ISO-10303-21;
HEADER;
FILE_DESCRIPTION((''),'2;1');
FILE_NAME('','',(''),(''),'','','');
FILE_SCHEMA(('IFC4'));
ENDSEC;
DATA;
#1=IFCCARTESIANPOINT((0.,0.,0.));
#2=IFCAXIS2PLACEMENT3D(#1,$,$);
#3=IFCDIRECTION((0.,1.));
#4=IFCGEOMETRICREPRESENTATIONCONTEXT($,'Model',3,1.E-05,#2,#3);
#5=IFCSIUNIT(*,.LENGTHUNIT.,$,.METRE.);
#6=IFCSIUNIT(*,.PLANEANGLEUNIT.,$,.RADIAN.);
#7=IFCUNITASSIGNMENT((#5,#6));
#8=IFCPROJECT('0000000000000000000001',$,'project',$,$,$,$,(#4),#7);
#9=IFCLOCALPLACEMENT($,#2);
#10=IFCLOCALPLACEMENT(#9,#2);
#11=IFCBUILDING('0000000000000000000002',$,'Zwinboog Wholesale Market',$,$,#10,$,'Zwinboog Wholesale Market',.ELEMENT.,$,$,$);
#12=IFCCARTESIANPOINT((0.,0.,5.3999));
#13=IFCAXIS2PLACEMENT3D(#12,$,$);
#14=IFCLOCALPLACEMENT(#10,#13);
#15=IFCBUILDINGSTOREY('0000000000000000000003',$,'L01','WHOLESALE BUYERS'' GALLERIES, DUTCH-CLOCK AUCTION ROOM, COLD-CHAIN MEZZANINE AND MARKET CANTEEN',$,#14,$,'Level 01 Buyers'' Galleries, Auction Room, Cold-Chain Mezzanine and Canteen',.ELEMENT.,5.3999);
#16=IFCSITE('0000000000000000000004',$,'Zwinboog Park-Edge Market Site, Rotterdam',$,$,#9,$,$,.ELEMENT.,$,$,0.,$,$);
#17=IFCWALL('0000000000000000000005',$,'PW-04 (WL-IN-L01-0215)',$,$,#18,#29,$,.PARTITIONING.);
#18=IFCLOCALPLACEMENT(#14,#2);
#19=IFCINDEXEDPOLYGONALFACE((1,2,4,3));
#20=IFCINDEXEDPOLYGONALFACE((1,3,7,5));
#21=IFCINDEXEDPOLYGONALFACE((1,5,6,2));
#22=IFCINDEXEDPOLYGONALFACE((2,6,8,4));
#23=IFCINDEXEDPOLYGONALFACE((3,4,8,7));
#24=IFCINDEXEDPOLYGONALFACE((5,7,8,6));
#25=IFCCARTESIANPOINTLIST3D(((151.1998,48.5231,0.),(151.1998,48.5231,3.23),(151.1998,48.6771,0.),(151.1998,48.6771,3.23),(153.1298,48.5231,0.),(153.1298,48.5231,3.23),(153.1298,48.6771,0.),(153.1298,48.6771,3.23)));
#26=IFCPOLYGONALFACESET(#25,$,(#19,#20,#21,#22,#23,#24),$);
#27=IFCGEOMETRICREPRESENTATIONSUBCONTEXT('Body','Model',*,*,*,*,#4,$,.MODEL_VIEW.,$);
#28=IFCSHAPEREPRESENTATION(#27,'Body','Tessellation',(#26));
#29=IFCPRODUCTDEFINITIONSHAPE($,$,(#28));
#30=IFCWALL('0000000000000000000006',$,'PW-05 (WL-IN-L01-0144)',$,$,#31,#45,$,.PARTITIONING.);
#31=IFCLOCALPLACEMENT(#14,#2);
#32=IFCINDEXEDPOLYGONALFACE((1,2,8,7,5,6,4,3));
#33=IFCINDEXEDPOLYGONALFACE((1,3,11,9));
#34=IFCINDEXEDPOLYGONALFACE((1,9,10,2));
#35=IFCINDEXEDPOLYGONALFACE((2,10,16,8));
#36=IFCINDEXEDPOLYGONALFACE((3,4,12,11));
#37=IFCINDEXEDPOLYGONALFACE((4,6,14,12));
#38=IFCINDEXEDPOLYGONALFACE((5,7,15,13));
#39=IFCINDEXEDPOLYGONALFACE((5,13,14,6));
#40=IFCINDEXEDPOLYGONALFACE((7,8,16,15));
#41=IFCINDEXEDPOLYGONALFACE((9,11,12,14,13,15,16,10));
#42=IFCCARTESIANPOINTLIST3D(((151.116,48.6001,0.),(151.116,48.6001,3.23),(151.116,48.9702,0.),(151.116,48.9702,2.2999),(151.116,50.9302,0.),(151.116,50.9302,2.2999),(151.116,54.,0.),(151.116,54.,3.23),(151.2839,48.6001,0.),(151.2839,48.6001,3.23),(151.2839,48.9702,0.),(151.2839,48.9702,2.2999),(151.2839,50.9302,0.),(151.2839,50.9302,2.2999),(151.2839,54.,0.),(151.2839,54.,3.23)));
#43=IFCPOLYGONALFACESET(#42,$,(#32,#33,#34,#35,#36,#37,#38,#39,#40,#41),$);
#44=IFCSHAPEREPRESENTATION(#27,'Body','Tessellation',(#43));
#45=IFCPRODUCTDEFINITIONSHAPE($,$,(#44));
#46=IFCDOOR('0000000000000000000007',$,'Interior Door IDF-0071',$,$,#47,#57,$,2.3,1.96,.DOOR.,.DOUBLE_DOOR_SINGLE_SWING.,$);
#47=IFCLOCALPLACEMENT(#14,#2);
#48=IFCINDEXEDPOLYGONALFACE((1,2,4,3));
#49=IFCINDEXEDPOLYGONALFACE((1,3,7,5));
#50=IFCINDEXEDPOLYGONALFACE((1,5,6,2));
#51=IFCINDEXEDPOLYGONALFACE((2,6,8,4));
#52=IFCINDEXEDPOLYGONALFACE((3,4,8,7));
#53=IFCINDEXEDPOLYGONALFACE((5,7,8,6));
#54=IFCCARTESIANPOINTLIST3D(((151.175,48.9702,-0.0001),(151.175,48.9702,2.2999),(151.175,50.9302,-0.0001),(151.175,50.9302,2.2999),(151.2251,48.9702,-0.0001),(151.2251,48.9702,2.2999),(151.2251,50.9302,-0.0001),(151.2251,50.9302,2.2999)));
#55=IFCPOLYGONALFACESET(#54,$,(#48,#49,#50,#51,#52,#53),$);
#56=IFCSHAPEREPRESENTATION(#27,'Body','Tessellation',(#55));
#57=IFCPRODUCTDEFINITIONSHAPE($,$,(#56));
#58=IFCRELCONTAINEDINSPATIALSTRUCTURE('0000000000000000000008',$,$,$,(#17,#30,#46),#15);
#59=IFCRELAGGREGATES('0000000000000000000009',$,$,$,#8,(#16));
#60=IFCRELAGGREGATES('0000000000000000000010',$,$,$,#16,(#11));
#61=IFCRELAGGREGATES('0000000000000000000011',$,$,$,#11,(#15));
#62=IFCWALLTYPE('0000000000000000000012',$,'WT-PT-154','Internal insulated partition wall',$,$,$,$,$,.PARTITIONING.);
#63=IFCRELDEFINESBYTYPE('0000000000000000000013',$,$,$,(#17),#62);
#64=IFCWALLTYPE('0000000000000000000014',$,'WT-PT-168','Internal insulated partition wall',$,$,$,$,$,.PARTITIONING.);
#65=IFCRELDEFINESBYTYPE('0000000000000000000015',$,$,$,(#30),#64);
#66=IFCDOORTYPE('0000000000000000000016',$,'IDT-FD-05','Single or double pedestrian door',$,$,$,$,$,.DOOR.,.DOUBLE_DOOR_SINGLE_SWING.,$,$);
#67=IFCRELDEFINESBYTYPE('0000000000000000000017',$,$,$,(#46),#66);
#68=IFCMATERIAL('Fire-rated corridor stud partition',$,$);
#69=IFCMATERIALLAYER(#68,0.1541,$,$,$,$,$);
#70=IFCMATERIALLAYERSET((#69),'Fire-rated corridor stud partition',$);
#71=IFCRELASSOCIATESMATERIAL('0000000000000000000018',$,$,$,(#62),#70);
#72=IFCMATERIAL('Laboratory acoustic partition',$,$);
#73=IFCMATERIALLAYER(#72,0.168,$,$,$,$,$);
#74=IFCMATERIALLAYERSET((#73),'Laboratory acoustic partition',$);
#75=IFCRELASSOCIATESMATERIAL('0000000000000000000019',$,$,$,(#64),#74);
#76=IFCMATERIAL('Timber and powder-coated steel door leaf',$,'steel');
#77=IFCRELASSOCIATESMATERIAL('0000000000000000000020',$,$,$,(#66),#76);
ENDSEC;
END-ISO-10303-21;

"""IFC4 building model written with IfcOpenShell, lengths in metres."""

from ifc_helpers import new_model, si_unit, direction, frame, frame_2d, origin, place, context, subcontext, project, spatial, rectangle, extrude, material, layer, layer_set, type_object, element, fill, save


model = new_model("IFC4")

# Units and contexts
model_context = context("Model", 3, precision=1e-05, world=origin(), true_north=direction((0.0, 1.0)))
body_context = subcontext(model_context, "Body", "Model", "MODEL_VIEW")
ifc_project = project(units=[si_unit("LENGTHUNIT", "METRE"), si_unit("PLANEANGLEUNIT", "RADIAN")], contexts=[model_context])

# Site, building, storey
site_placement = place(None, origin())
site = spatial("IfcSite", under=ifc_project, at=site_placement, Name="Zwinboog Park-Edge Market Site, Rotterdam", CompositionType="ELEMENT", RefElevation=0.0)
building_placement = place(site_placement, origin())
building = spatial("IfcBuilding", under=site, at=building_placement, Name="Zwinboog Wholesale Market", LongName="Zwinboog Wholesale Market", CompositionType="ELEMENT")
storey_placement = place(building_placement, frame((0.0, 0.0, 5.3999)))
storey = spatial("IfcBuildingStorey", under=building, at=storey_placement, Name="L01", Description="WHOLESALE BUYERS' GALLERIES, DUTCH-CLOCK AUCTION ROOM, COLD-CHAIN MEZZANINE AND MARKET CANTEEN", LongName="Level 01 Buyers' Galleries, Auction Room, Cold-Chain Mezzanine and Canteen", CompositionType="ELEMENT", Elevation=5.3999)

# Shared definitions
ifc_material_1 = material(Name="Timber and powder-coated steel door leaf", Category="steel")

# Wall
ifc_material_2 = material(Name="Fire-rated corridor stud partition")
ifc_layer_1 = layer(ifc_material_2, 0.1541)
ifc_layer_set_1 = layer_set([ifc_layer_1], Name="Fire-rated corridor stud partition")
wall_type_1 = type_object("IfcWallType", Name="WT-PT-154", Description="Internal insulated partition wall", PredefinedType="PARTITIONING", material=ifc_layer_set_1)
wall_1_placement = place(storey_placement, frame((151.2, 48.6001, 0.0), z_axis=(0.0, 0.0, 1.0), x_axis=(1.0, 0.0, 0.0)))
element("IfcWall", 1, at=wall_1_placement, inside=storey, type_object=wall_type_1, Name="PW-04 (WL-IN-L01-0215)", PredefinedType="PARTITIONING", context=body_context, shape_type="SweptSolid", body=[
    extrude(rectangle(XDim=1.9299, YDim=0.1541, at=frame_2d((0.9648, 0.0))), origin(), (0.0, 0.0, 1.0), 3.23),
])

# Wall, opening, door
ifc_material_3 = material(Name="Laboratory acoustic partition")
ifc_layer_2 = layer(ifc_material_3, 0.168)
ifc_layer_set_2 = layer_set([ifc_layer_2], Name="Laboratory acoustic partition")
wall_type_2 = type_object("IfcWallType", Name="WT-PT-168", Description="Internal insulated partition wall", PredefinedType="PARTITIONING", material=ifc_layer_set_2)
wall_2_placement = place(storey_placement, frame((151.2, 48.6001, 0.0), z_axis=(0.0, 0.0, 1.0), x_axis=(0.0, 1.0, 0.0)))
wall_2 = element("IfcWall", 2, at=wall_2_placement, inside=storey, type_object=wall_type_2, Name="PW-05 (WL-IN-L01-0144)", PredefinedType="PARTITIONING", context=body_context, shape_type="SweptSolid", body=[
    extrude(rectangle(XDim=5.3999, YDim=0.168, at=frame_2d((2.7, 0.0))), origin(), (0.0, 0.0, 1.0), 3.23),
])
opening_1_placement = place(wall_2_placement, frame((0.3701, 0.0, 0.0)))
opening_1 = element("IfcOpeningElement", 3, at=opening_1_placement, cuts=wall_2, PredefinedType="OPENING", context=body_context, shape_type="SweptSolid", body=[
    extrude(rectangle(XDim=1.96, YDim=2.3, at=frame_2d((0.98, 1.1499))), frame((0.0, 0.094, 0.0), z_axis=(0.0, -1.0, 0.0), x_axis=(1.0, 0.0, 0.0)), (0.0, 0.0, 1.0), 0.188),
])
door_type_1 = type_object("IfcDoorType", Name="IDT-FD-05", Description="Single or double pedestrian door", OperationType="DOUBLE_DOOR_SINGLE_SWING", PredefinedType="DOOR", material=ifc_material_1)
door_1_placement = place(opening_1_placement, origin())
door_1 = element("IfcDoor", 4, at=door_1_placement, inside=storey, type_object=door_type_1, Name="Interior Door IDF-0071", OperationType="DOUBLE_DOOR_SINGLE_SWING", OverallHeight=2.3, OverallWidth=1.96, PredefinedType="DOOR", context=body_context, shape_type="SweptSolid", body=[
    extrude(rectangle(XDim=1.96, YDim=2.3, at=frame_2d((0.98, 1.1499))), frame((0.0, 0.0249, 0.0), z_axis=(0.0, -1.0, 0.0), x_axis=(1.0, 0.0, 0.0)), (0.0, 0.0, 1.0), 0.05),
])
fill(opening_1, door_1)

save(model, "model.ifc")
